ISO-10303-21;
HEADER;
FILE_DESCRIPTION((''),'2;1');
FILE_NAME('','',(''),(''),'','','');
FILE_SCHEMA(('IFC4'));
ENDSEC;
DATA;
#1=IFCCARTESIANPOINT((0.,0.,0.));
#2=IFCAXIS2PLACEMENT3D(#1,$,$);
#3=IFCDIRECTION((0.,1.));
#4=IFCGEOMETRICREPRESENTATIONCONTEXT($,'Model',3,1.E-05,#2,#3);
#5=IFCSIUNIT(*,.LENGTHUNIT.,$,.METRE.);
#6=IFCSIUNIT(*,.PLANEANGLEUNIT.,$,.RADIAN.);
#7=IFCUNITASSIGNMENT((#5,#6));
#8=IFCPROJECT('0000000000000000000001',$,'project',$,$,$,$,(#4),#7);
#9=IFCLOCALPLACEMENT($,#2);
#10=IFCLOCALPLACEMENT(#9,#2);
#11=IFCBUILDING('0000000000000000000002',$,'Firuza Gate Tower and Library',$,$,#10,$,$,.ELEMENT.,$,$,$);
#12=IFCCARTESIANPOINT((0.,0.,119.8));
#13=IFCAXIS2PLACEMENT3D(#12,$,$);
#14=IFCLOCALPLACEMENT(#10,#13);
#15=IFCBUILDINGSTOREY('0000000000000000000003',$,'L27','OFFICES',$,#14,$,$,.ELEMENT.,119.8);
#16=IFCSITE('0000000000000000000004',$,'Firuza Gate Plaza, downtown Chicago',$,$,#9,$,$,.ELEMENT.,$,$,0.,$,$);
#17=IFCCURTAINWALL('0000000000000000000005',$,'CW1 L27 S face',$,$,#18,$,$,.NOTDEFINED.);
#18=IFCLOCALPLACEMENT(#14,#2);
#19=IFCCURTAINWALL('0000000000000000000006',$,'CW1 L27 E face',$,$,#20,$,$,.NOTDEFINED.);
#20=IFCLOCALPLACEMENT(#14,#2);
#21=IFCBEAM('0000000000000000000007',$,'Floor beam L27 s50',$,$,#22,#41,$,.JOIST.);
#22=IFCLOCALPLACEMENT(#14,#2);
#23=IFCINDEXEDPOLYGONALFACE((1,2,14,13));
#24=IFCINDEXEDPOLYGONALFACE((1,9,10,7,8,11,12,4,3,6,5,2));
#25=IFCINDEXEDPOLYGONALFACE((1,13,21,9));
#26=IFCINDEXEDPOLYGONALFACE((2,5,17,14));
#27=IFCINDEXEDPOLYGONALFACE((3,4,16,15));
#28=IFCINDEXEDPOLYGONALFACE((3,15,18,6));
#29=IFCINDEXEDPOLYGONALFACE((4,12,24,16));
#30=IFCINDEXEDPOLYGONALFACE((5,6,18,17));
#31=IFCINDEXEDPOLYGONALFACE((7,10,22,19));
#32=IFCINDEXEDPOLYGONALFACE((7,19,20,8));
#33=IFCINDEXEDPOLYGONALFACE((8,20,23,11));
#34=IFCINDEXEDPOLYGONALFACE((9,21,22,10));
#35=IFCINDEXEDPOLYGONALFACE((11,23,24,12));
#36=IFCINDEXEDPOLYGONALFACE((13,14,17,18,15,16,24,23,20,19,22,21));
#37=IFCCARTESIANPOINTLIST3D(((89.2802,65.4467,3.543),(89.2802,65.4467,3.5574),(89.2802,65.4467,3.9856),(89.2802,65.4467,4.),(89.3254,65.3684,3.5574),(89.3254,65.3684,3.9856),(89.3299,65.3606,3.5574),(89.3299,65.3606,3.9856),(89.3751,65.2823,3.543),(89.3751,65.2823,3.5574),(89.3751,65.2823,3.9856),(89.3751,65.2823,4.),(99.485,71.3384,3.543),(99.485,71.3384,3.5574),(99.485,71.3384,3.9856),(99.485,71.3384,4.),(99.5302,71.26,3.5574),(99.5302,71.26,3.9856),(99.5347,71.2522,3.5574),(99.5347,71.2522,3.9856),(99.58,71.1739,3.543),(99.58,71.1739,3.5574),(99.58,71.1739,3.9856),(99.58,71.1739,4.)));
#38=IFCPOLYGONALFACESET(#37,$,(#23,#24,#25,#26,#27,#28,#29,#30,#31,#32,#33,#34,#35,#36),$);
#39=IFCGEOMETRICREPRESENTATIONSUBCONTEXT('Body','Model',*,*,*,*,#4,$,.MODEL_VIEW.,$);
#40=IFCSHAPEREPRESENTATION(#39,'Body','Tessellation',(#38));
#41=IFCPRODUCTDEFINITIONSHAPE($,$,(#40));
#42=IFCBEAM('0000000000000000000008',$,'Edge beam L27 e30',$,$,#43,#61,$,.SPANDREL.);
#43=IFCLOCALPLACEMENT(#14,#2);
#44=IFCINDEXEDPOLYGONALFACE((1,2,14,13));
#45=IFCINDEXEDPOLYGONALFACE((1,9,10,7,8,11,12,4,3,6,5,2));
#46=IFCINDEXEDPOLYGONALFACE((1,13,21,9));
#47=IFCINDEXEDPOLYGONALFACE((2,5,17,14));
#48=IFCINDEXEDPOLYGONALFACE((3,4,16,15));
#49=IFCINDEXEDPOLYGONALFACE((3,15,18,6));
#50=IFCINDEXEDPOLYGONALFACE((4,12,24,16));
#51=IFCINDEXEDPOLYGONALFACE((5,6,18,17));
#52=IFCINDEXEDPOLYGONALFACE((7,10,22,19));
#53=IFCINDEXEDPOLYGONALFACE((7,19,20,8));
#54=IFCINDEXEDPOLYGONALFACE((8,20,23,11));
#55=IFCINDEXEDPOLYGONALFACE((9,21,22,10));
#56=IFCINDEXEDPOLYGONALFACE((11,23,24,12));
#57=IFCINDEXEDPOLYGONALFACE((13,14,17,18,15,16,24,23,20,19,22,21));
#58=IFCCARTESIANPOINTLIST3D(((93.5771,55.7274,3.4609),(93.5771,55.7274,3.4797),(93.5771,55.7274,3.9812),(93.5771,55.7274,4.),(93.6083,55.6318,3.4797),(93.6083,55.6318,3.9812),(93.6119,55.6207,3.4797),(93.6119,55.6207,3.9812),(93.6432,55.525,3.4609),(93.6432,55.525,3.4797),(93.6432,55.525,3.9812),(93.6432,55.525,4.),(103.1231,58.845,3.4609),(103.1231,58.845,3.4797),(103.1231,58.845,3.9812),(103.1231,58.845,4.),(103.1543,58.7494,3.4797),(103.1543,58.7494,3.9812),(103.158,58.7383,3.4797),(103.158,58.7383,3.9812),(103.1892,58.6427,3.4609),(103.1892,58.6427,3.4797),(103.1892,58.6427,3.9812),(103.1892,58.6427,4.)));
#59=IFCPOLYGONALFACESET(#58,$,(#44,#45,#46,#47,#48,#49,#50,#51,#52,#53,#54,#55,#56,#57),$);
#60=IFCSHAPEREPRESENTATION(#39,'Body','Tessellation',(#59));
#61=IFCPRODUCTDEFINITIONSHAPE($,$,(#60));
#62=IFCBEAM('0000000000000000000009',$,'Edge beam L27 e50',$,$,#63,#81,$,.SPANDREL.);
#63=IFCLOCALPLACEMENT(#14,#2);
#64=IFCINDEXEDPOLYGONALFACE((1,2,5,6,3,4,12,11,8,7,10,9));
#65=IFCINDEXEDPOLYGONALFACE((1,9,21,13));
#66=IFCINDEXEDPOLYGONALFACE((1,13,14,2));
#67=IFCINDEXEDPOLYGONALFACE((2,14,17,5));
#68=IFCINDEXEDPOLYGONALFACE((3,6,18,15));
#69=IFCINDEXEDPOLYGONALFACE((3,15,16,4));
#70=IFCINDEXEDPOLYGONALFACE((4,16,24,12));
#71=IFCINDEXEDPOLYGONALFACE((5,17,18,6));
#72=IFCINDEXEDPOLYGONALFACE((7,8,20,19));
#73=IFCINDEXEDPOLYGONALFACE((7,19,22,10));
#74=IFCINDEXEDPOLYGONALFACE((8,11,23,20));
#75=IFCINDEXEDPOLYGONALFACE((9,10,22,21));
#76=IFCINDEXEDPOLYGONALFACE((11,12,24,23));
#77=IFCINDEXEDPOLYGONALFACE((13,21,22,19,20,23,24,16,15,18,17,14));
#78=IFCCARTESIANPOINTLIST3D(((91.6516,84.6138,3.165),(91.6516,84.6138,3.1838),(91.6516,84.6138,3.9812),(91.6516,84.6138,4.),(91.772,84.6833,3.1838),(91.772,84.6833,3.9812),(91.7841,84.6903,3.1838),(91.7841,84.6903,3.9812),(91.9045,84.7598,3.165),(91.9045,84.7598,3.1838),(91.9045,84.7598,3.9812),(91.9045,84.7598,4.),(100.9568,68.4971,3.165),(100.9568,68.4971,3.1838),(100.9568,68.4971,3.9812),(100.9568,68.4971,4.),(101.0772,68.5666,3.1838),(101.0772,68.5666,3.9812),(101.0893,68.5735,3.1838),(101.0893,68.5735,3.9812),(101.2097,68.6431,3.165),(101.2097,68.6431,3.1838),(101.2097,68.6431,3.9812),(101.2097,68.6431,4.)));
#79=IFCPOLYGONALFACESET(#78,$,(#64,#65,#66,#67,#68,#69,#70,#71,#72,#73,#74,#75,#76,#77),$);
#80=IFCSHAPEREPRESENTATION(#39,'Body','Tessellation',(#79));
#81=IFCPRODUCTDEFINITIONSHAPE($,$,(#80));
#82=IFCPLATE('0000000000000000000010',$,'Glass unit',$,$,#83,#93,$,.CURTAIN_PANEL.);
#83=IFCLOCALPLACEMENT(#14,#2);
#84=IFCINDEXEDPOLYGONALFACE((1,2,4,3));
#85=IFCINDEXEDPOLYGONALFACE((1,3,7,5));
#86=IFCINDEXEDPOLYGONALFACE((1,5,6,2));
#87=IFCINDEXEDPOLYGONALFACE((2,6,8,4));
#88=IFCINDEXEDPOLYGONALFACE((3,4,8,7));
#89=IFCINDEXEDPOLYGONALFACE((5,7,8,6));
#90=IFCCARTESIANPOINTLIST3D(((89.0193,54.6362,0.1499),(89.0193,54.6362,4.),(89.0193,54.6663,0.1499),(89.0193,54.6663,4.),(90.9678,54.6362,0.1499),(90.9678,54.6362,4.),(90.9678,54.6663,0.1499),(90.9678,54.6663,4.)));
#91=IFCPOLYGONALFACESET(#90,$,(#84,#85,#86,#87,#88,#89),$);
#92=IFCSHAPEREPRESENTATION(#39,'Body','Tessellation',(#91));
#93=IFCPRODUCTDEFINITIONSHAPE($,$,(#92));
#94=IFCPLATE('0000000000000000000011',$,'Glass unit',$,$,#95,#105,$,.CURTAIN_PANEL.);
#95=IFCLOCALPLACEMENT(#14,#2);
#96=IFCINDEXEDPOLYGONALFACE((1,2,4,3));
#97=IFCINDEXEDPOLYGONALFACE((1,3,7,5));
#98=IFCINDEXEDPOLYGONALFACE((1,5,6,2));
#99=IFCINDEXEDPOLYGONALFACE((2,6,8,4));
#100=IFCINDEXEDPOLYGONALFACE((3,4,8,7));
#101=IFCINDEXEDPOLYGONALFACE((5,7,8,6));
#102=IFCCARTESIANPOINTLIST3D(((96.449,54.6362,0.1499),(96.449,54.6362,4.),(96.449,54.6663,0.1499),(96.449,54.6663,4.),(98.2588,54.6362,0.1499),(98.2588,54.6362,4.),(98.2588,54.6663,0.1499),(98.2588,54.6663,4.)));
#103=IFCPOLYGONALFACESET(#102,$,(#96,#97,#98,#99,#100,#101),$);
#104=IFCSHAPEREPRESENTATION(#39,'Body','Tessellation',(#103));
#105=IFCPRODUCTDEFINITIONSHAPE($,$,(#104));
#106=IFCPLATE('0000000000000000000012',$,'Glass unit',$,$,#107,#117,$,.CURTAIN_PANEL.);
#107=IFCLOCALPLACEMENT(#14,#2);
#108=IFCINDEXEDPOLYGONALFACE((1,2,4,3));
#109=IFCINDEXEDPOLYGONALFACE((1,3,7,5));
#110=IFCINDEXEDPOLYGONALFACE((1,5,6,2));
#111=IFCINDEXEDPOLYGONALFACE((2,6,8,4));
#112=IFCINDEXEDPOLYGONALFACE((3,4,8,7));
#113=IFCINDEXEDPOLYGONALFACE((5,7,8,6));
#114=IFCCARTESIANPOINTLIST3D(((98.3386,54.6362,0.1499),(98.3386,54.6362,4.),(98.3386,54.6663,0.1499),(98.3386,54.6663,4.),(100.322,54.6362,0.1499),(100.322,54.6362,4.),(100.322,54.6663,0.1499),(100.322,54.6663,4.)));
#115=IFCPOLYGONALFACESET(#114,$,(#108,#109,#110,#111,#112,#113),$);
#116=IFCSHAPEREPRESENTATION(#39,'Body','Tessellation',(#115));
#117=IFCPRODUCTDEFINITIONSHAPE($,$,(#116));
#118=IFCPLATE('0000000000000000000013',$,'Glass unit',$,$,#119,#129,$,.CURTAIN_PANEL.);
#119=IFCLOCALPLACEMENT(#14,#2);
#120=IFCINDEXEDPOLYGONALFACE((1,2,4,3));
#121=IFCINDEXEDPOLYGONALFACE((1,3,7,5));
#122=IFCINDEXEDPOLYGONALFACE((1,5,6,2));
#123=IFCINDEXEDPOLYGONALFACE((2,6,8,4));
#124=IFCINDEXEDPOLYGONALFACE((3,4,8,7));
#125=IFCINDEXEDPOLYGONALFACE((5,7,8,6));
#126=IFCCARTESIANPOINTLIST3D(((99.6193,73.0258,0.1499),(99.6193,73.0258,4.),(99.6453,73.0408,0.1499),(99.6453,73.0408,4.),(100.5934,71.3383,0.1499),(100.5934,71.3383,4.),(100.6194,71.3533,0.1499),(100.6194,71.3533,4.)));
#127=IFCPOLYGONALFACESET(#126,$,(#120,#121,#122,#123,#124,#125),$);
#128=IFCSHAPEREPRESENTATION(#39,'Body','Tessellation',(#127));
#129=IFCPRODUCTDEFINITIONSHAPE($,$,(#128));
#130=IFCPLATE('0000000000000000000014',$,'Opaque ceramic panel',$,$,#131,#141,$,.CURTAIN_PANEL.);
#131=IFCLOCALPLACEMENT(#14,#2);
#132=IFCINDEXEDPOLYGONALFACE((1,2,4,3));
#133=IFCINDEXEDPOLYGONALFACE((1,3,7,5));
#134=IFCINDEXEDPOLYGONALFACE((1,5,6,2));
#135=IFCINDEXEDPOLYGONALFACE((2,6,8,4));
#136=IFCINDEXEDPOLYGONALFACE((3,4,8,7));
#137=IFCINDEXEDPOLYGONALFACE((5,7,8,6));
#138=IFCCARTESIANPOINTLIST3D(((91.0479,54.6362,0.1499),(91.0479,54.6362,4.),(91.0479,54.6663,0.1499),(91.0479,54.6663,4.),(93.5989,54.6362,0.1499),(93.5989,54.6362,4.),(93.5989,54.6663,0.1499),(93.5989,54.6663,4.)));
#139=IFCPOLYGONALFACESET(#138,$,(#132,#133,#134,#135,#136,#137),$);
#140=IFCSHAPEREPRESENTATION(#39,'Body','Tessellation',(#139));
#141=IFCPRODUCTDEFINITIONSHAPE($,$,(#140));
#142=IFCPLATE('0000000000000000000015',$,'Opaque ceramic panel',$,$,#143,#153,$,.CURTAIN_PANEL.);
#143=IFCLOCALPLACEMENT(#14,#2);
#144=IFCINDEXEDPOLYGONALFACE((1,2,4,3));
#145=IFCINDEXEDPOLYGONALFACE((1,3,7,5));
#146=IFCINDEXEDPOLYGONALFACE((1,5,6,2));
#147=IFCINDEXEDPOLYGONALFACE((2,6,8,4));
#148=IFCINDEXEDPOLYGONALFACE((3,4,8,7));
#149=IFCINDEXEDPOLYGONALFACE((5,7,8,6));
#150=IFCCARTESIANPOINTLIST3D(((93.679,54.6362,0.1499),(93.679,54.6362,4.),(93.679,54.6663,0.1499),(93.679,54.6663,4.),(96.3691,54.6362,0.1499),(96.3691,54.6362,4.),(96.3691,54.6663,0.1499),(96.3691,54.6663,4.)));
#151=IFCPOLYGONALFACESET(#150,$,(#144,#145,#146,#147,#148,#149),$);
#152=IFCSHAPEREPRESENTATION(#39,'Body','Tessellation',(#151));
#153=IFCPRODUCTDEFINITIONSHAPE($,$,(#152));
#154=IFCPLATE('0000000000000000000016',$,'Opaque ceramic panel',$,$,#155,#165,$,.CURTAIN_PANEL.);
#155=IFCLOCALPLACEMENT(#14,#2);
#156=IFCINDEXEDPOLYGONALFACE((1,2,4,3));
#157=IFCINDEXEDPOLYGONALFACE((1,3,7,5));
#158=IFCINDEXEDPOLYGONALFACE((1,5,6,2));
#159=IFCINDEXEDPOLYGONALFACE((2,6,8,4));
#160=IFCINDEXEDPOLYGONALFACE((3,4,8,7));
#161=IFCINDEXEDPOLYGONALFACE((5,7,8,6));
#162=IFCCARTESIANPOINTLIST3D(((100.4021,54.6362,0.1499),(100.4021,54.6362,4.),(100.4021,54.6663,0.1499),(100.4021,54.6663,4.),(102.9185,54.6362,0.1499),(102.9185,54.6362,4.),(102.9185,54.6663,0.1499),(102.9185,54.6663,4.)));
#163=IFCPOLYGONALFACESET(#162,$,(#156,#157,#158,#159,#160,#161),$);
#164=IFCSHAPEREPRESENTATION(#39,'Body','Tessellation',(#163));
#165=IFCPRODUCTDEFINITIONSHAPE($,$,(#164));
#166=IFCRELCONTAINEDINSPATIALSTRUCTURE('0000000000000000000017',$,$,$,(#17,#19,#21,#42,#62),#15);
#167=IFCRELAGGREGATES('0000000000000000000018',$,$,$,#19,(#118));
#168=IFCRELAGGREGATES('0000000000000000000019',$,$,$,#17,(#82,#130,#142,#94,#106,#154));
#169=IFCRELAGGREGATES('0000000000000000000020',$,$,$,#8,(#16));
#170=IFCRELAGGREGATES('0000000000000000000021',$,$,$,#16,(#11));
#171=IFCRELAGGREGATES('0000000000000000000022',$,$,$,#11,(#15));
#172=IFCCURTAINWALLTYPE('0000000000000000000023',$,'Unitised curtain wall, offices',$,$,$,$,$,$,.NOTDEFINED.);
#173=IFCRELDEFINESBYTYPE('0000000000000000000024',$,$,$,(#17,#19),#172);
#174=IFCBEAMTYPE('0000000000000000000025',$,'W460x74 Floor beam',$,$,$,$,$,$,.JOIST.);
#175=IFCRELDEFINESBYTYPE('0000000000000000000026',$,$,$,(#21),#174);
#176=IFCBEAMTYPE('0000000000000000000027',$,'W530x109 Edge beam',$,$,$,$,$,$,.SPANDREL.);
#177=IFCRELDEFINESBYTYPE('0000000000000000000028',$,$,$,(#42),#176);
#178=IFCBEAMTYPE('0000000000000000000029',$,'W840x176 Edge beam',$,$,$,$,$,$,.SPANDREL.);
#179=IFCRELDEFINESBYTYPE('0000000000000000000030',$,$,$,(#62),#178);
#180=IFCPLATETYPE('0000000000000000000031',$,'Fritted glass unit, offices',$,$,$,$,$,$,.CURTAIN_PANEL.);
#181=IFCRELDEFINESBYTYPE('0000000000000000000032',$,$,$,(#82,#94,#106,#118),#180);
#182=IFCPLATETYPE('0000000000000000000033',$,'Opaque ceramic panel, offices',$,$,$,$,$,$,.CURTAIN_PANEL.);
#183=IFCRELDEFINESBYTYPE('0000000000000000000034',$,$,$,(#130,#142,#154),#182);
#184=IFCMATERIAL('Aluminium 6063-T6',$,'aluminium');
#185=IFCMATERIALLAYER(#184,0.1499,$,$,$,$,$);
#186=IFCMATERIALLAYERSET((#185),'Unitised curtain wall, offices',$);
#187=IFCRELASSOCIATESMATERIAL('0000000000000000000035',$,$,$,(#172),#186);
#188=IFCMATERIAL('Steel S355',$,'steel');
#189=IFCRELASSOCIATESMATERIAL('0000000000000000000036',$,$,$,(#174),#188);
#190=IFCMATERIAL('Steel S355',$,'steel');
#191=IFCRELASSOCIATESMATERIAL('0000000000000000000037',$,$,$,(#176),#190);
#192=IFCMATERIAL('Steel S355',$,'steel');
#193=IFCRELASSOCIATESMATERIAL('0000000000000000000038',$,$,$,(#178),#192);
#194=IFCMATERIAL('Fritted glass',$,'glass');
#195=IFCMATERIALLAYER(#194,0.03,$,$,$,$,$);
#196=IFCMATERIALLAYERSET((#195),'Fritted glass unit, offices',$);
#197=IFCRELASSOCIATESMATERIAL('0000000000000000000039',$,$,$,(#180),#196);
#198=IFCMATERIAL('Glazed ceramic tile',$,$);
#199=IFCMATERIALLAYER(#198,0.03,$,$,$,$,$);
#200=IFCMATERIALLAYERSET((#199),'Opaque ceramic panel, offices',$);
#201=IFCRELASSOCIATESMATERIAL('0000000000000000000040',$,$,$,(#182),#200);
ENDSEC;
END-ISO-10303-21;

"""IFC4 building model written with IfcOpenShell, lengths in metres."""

from ifc_helpers import new_model, si_unit, direction, frame, origin, origin_2d, place, context, subcontext, project, spatial, polyline, i_section, outline, extrude, material, layer, layer_set, material_profile, profile_set, type_object, element, aggregate, save


model = new_model("IFC4")

# Units and contexts
model_context = context("Model", 3, precision=1e-05, world=origin(), true_north=direction((0.0, 1.0)))
body_context = subcontext(model_context, "Body", "Model", "MODEL_VIEW")
ifc_project = project(units=[si_unit("LENGTHUNIT", "METRE"), si_unit("PLANEANGLEUNIT", "RADIAN")], contexts=[model_context])

# Site, building, storey
site_placement = place(None, origin())
site = spatial("IfcSite", under=ifc_project, at=site_placement, Name="Firuza Gate Plaza, downtown Chicago", CompositionType="ELEMENT", RefElevation=0.0)
building_placement = place(site_placement, origin())
building = spatial("IfcBuilding", under=site, at=building_placement, Name="Firuza Gate Tower and Library", CompositionType="ELEMENT")
storey_placement = place(building_placement, frame((0.0, 0.0, 119.8)))
storey = spatial("IfcBuildingStorey", under=building, at=storey_placement, Name="L27", Description="OFFICES", CompositionType="ELEMENT", Elevation=119.8)

# Curtain wall
ifc_material_1 = material(Name="Aluminium 6063-T6", Category="aluminium")
ifc_layer_1 = layer(ifc_material_1, 0.1499)
ifc_layer_set_1 = layer_set([ifc_layer_1], Name="Unitised curtain wall, offices")
curtain_wall_type = type_object("IfcCurtainWallType", Name="Unitised curtain wall, offices", PredefinedType="NOTDEFINED", material=ifc_layer_set_1)
placement = place(storey_placement, origin())
curtain_wall_1 = element("IfcCurtainWall", 1, at=placement, inside=storey, type_object=curtain_wall_type, Name="CW1 L27 S face", PredefinedType="NOTDEFINED")

# Curtain wall
curtain_wall_2 = element("IfcCurtainWall", 2, at=placement, inside=storey, type_object=curtain_wall_type, Name="CW1 L27 E face", PredefinedType="NOTDEFINED")

# Beams
ifc_material_2 = material(Name="Steel S355", Category="steel")
ifc_material_profile_1 = material_profile(ifc_material_2, i_section(OverallWidth=0.1899, OverallDepth=0.457, WebThickness=0.009, FlangeThickness=0.0144, at=origin_2d()))
ifc_profile_set_1 = profile_set([ifc_material_profile_1], Name="Steel S355")
beam_type_1 = type_object("IfcBeamType", Name="W460x74 Floor beam", PredefinedType="JOIST", material=ifc_profile_set_1)
beam_1_placement = place(storey_placement, frame((99.5325, 71.2561, 3.7715), z_axis=(-0.866031, -0.49999, 0.0), x_axis=(0.49999, -0.866031, 0.0)))
element("IfcBeam", 3, at=beam_1_placement, inside=storey, type_object=beam_type_1, Name="Floor beam L27 s50", PredefinedType="JOIST", context=body_context, shape_type="SweptSolid", body=[
    extrude(i_section(OverallWidth=0.1899, OverallDepth=0.457, WebThickness=0.009, FlangeThickness=0.0144, at=origin_2d()), origin(), (0.0, 0.0, 1.0), 11.7834),
])
ifc_material_3 = material(Name="Steel S355", Category="steel")
ifc_material_profile_2 = material_profile(ifc_material_3, i_section(OverallWidth=0.2129, OverallDepth=0.5391, WebThickness=0.0117, FlangeThickness=0.0188, at=origin_2d()))
ifc_profile_set_2 = profile_set([ifc_material_profile_2], Name="Steel S355")
beam_type_2 = type_object("IfcBeamType", Name="W530x109 Edge beam", PredefinedType="SPANDREL", material=ifc_profile_set_2)
beam_2_placement = place(storey_placement, frame((93.6101, 55.6262, 3.7305), z_axis=(0.950589, 0.310453, 0.0), x_axis=(-0.310453, 0.950589, 0.0)))
element("IfcBeam", 4, at=beam_2_placement, inside=storey, type_object=beam_type_2, Name="Edge beam L27 e30", PredefinedType="SPANDREL", context=body_context, shape_type="SweptSolid", body=[
    extrude(i_section(OverallWidth=0.2129, OverallDepth=0.5391, WebThickness=0.0117, FlangeThickness=0.0188, at=origin_2d()), origin(), (0.0, 0.0, 1.0), 10.0422),
])
ifc_material_4 = material(Name="Steel S355", Category="steel")
ifc_material_profile_3 = material_profile(ifc_material_4, i_section(OverallWidth=0.292, OverallDepth=0.835, WebThickness=0.0139, FlangeThickness=0.0188, at=origin_2d()))
ifc_profile_set_3 = profile_set([ifc_material_profile_3], Name="Steel S355")
beam_type_3 = type_object("IfcBeamType", Name="W840x176 Edge beam", PredefinedType="SPANDREL", material=ifc_profile_set_3)
beam_3_placement = place(storey_placement, frame((101.0833, 68.5701, 3.5825), z_axis=(-0.500008, 0.866021, 0.0), x_axis=(-0.866021, -0.500008, 0.0)))
element("IfcBeam", 5, at=beam_3_placement, inside=storey, type_object=beam_type_3, Name="Edge beam L27 e50", PredefinedType="SPANDREL", context=body_context, shape_type="SweptSolid", body=[
    extrude(i_section(OverallWidth=0.292, OverallDepth=0.835, WebThickness=0.0139, FlangeThickness=0.0188, at=origin_2d()), origin(), (0.0, 0.0, 1.0), 18.6101),
])

# Plates
ifc_material_5 = material(Name="Fritted glass", Category="glass")
ifc_layer_2 = layer(ifc_material_5, 0.03)
ifc_layer_set_2 = layer_set([ifc_layer_2], Name="Fritted glass unit, offices")
plate_type_1 = type_object("IfcPlateType", Name="Fritted glass unit, offices", PredefinedType="CURTAIN_PANEL", material=ifc_layer_set_2)
plate_1_placement = place(storey_placement, frame((89.0193, 54.6362, 0.1499), z_axis=(0.0, -1.0, 0.0), x_axis=(1.0, 0.0, 0.0)))
plate_1 = element("IfcPlate", 6, at=plate_1_placement, type_object=plate_type_1, Name="Glass unit", PredefinedType="CURTAIN_PANEL", context=body_context, shape_type="SweptSolid", body=[
    extrude(outline(polyline([(0.0, 0.0), (1.9485, 0.0), (1.9485, 3.8501), (0.0, 3.8501), (0.0, 0.0)])), origin(), (0.0, 0.0, -1.0), 0.03),
])
plate_2_placement = place(storey_placement, frame((96.449, 54.6362, 0.1499), z_axis=(0.0, -1.0, 0.0), x_axis=(1.0, 0.0, 0.0)))
plate_2 = element("IfcPlate", 7, at=plate_2_placement, type_object=plate_type_1, Name="Glass unit", PredefinedType="CURTAIN_PANEL", context=body_context, shape_type="SweptSolid", body=[
    extrude(outline(polyline([(0.0, 0.0), (1.8098, 0.0), (1.8098, 3.8501), (0.0, 3.8501), (0.0, 0.0)])), origin(), (0.0, 0.0, -1.0), 0.03),
])
plate_3_placement = place(storey_placement, frame((98.3386, 54.6362, 0.1499), z_axis=(0.0, -1.0, 0.0), x_axis=(1.0, 0.0, 0.0)))
plate_3 = element("IfcPlate", 8, at=plate_3_placement, type_object=plate_type_1, Name="Glass unit", PredefinedType="CURTAIN_PANEL", context=body_context, shape_type="SweptSolid", body=[
    extrude(outline(polyline([(0.0, 0.0), (1.9834, 0.0), (1.9834, 3.8501), (0.0, 3.8501), (0.0, 0.0)])), origin(), (0.0, 0.0, -1.0), 0.03),
])
plate_4_placement = place(storey_placement, frame((100.6194, 71.3533, 0.1499), z_axis=(0.86606, 0.499939, 0.0), x_axis=(-0.499939, 0.86606, 0.0)))
plate_4 = element("IfcPlate", 9, at=plate_4_placement, type_object=plate_type_1, Name="Glass unit", PredefinedType="CURTAIN_PANEL", context=body_context, shape_type="SweptSolid", body=[
    extrude(outline(polyline([(0.0, 0.0), (1.9485, 0.0), (1.9485, 3.8501), (0.0, 3.8501), (0.0, 0.0)])), origin(), (0.0, 0.0, -1.0), 0.03),
])
aggregate(curtain_wall_2, [plate_4])
ifc_material_6 = material(Name="Glazed ceramic tile")
ifc_layer_3 = layer(ifc_material_6, 0.03)
ifc_layer_set_3 = layer_set([ifc_layer_3], Name="Opaque ceramic panel, offices")
plate_type_2 = type_object("IfcPlateType", Name="Opaque ceramic panel, offices", PredefinedType="CURTAIN_PANEL", material=ifc_layer_set_3)
plate_5_placement = place(storey_placement, frame((91.0479, 54.6362, 0.1499), z_axis=(0.0, -1.0, 0.0), x_axis=(1.0, 0.0, 0.0)))
plate_5 = element("IfcPlate", 10, at=plate_5_placement, type_object=plate_type_2, Name="Opaque ceramic panel", PredefinedType="CURTAIN_PANEL", context=body_context, shape_type="SweptSolid", body=[
    extrude(outline(polyline([(0.0, 0.0), (2.551, 0.0), (2.551, 3.8501), (0.0, 3.8501), (0.0, 0.0)])), origin(), (0.0, 0.0, -1.0), 0.03),
])
plate_6_placement = place(storey_placement, frame((93.679, 54.6362, 0.1499), z_axis=(0.0, -1.0, 0.0), x_axis=(1.0, 0.0, 0.0)))
plate_6 = element("IfcPlate", 11, at=plate_6_placement, type_object=plate_type_2, Name="Opaque ceramic panel", PredefinedType="CURTAIN_PANEL", context=body_context, shape_type="SweptSolid", body=[
    extrude(outline(polyline([(0.0, 0.0), (2.6902, 0.0), (2.6902, 3.8501), (0.0, 3.8501), (0.0, 0.0)])), origin(), (0.0, 0.0, -1.0), 0.03),
])
plate_7_placement = place(storey_placement, frame((100.4021, 54.6362, 0.1499), z_axis=(0.0, -1.0, 0.0), x_axis=(1.0, 0.0, 0.0)))
plate_7 = element("IfcPlate", 12, at=plate_7_placement, type_object=plate_type_2, Name="Opaque ceramic panel", PredefinedType="CURTAIN_PANEL", context=body_context, shape_type="SweptSolid", body=[
    extrude(outline(polyline([(0.0, 0.0), (2.5164, 0.0), (2.5164, 3.8501), (0.0, 3.8501), (0.0, 0.0)])), origin(), (0.0, 0.0, -1.0), 0.03),
])
aggregate(curtain_wall_1, [plate_1, plate_5, plate_6, plate_2, plate_3, plate_7])

save(model, "model.ifc")
